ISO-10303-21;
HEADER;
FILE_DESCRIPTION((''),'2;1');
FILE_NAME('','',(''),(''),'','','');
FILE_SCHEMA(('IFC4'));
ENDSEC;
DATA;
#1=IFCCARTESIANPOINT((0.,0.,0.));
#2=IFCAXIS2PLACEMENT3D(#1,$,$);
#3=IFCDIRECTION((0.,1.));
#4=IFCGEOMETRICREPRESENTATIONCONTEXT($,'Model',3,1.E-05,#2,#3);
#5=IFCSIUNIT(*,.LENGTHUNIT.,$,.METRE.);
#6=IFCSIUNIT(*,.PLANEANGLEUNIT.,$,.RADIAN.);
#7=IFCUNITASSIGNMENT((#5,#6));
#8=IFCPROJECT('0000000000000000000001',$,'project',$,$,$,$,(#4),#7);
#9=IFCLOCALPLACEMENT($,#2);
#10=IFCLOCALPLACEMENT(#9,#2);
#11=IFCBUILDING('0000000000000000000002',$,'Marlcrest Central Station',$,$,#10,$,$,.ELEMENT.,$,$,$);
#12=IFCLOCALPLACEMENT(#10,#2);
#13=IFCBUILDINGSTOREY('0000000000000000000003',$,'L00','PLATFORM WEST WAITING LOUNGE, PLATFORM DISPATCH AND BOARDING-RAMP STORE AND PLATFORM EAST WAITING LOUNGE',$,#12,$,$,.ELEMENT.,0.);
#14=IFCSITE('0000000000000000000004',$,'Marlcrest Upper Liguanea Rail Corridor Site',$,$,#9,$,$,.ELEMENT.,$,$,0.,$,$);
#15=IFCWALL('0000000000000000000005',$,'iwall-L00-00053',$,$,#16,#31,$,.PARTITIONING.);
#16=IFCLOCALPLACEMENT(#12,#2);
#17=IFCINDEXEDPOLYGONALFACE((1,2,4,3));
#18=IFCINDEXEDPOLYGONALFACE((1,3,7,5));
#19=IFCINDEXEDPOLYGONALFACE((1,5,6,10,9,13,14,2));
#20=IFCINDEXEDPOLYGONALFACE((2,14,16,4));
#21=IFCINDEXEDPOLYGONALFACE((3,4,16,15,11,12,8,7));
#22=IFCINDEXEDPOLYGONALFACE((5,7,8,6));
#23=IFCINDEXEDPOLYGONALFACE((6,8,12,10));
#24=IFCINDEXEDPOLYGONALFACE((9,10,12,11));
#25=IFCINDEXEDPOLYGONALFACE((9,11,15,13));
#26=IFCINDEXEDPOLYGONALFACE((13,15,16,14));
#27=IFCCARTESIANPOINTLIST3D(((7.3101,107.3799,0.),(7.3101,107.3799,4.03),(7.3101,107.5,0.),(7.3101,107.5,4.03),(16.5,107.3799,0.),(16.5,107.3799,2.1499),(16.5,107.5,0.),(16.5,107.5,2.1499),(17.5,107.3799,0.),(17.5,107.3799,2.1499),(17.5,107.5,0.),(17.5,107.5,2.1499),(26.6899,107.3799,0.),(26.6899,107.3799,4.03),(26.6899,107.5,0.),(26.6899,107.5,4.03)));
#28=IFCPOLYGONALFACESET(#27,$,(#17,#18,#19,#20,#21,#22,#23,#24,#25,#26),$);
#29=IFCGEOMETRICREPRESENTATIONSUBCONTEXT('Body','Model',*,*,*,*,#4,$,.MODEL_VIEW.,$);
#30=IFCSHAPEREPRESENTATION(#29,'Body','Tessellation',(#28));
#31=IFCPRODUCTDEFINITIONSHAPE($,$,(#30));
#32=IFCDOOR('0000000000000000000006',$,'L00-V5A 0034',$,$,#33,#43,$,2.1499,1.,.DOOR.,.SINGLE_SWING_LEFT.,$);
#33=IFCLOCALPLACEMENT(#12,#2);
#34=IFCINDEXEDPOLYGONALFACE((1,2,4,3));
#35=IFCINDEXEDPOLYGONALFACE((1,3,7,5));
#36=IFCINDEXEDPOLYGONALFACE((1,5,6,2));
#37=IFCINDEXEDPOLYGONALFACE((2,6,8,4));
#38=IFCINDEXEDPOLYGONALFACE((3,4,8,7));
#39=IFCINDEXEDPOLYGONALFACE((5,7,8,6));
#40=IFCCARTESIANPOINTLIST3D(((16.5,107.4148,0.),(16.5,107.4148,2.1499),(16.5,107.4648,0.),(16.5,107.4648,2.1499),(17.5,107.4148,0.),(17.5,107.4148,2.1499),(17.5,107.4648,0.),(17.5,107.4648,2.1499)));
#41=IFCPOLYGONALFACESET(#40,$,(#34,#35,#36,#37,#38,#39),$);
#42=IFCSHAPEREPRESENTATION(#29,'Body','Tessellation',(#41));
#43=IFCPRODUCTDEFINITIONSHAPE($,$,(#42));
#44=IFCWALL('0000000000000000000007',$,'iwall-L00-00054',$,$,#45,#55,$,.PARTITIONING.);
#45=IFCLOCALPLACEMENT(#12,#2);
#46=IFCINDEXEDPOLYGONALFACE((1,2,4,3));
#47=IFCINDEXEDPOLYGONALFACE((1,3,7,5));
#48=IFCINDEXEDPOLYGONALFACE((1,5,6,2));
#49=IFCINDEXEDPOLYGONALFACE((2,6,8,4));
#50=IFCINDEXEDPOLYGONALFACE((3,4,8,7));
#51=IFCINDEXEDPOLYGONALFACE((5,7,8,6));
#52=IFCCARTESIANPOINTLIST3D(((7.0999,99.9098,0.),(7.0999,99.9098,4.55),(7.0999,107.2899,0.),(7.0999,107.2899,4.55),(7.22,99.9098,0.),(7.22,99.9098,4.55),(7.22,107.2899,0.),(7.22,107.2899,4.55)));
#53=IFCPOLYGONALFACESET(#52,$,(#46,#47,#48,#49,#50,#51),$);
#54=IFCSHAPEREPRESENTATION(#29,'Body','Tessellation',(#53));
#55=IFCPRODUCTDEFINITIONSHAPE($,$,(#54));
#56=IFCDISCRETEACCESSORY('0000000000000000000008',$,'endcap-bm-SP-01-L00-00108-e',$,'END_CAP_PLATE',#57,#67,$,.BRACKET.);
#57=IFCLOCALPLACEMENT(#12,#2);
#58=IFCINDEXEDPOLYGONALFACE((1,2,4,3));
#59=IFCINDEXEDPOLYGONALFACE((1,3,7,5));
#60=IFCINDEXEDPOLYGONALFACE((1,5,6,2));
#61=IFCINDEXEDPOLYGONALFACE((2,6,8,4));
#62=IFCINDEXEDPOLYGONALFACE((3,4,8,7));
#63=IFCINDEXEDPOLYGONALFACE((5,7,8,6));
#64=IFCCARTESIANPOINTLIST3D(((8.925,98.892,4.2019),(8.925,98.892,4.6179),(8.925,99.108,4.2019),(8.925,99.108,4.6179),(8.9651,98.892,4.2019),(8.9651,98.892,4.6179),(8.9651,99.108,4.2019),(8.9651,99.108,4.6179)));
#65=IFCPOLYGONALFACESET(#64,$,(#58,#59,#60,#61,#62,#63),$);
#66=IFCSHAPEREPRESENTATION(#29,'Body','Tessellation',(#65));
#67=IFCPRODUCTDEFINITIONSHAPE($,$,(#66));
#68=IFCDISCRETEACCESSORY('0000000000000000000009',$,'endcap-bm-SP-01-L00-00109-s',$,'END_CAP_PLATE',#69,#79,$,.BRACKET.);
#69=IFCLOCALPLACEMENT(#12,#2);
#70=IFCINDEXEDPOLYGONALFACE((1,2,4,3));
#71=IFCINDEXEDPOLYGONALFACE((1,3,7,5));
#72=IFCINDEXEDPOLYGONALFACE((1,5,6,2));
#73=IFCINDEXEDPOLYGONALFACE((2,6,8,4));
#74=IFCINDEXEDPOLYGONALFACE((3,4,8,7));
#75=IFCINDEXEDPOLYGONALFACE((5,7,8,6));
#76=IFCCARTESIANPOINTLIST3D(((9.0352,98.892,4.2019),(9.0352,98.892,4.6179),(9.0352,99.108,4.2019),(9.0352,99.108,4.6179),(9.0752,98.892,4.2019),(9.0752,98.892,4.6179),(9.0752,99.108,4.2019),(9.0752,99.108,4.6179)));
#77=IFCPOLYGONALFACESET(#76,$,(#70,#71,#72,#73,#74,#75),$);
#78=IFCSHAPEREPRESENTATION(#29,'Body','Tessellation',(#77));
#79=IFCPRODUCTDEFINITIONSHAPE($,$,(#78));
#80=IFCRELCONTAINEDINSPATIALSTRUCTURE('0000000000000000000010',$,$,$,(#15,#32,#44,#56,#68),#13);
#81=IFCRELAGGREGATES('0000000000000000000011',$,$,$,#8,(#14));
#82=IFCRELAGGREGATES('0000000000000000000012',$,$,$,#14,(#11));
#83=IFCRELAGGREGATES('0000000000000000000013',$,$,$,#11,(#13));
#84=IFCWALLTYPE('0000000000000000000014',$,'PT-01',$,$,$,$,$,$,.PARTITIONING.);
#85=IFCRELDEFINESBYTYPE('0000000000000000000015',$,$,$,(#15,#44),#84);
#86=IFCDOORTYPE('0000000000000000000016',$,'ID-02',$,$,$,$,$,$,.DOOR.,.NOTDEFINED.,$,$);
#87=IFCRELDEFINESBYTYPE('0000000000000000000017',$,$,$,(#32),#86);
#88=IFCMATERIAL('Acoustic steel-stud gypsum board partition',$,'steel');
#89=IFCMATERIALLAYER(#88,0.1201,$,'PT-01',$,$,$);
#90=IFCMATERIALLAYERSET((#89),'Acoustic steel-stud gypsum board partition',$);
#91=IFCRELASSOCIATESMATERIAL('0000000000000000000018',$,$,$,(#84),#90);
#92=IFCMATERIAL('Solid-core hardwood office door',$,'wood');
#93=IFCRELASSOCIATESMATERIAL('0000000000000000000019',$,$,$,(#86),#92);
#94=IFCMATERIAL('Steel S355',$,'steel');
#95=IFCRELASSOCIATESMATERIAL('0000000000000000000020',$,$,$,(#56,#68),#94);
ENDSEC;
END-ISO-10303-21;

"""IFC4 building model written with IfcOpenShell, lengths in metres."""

from ifc_helpers import new_model, si_unit, direction, frame, frame_2d, origin, origin_2d, place, context, subcontext, project, spatial, rectangle, extrude, material, layer, layer_set, type_object, element, fill, save


model = new_model("IFC4")

# Units and contexts
model_context = context("Model", 3, precision=1e-05, world=origin(), true_north=direction((0.0, 1.0)))
body_context = subcontext(model_context, "Body", "Model", "MODEL_VIEW")
ifc_project = project(units=[si_unit("LENGTHUNIT", "METRE"), si_unit("PLANEANGLEUNIT", "RADIAN")], contexts=[model_context])

# Site, building, storey
site_placement = place(None, origin())
site = spatial("IfcSite", under=ifc_project, at=site_placement, Name="Marlcrest Upper Liguanea Rail Corridor Site", CompositionType="ELEMENT", RefElevation=0.0)
building_placement = place(site_placement, origin())
building = spatial("IfcBuilding", under=site, at=building_placement, Name="Marlcrest Central Station", CompositionType="ELEMENT")
storey_placement = place(building_placement, origin())
storey = spatial("IfcBuildingStorey", under=building, at=storey_placement, Name="L00", Description="PLATFORM WEST WAITING LOUNGE, PLATFORM DISPATCH AND BOARDING-RAMP STORE AND PLATFORM EAST WAITING LOUNGE", CompositionType="ELEMENT", Elevation=0.0)

# Shared definitions
ifc_material_1 = material(Name="Steel S355", Category="steel")

# Wall, opening, door
ifc_material_2 = material(Name="Acoustic steel-stud gypsum board partition", Category="steel")
ifc_layer_1 = layer(ifc_material_2, 0.1201, Name="PT-01")
ifc_layer_set_1 = layer_set([ifc_layer_1], Name="Acoustic steel-stud gypsum board partition")
wall_type_1 = type_object("IfcWallType", Name="PT-01", PredefinedType="PARTITIONING", material=ifc_layer_set_1)
wall_1_placement = place(storey_placement, frame((7.3101, 107.4399, 0.0), z_axis=(0.0, 0.0, 1.0), x_axis=(1.0, 0.0, 0.0)))
wall_1 = element("IfcWall", 1, at=wall_1_placement, inside=storey, type_object=wall_type_1, Name="iwall-L00-00053", PredefinedType="PARTITIONING", context=body_context, shape_type="SweptSolid", body=[
    extrude(rectangle(XDim=19.3799, YDim=0.1201, at=frame_2d((9.6899, 0.0))), origin(), (0.0, 0.0, 1.0), 4.03),
])
opening_1_placement = place(wall_1_placement, frame((9.1899, 0.0, 0.0)))
opening_1 = element("IfcOpeningElement", 2, at=opening_1_placement, cuts=wall_1, PredefinedType="OPENING", context=body_context, shape_type="SweptSolid", body=[
    extrude(rectangle(XDim=1.0, YDim=2.1499, at=frame_2d((0.5, 1.075))), frame((0.0, 0.0701, 0.0), z_axis=(0.0, -1.0, 0.0), x_axis=(1.0, 0.0, 0.0)), (0.0, 0.0, 1.0), 0.1401),
])
ifc_material_3 = material(Name="Solid-core hardwood office door", Category="wood")
door_type_1 = type_object("IfcDoorType", Name="ID-02", OperationType="NOTDEFINED", PredefinedType="DOOR", material=ifc_material_3)
door_1_placement = place(opening_1_placement, origin())
door_1 = element("IfcDoor", 3, at=door_1_placement, inside=storey, type_object=door_type_1, Name="L00-V5A 0034", OperationType="SINGLE_SWING_LEFT", OverallHeight=2.1499, OverallWidth=1.0, PredefinedType="DOOR", context=body_context, shape_type="SweptSolid", body=[
    extrude(rectangle(XDim=1.0, YDim=2.1499, at=frame_2d((0.5, 1.075))), frame((0.0, 0.0249, 0.0), z_axis=(0.0, -1.0, 0.0), x_axis=(1.0, 0.0, 0.0)), (0.0, 0.0, 1.0), 0.05),
])
fill(opening_1, door_1)

# Wall
wall_2_placement = place(storey_placement, frame((7.1599, 99.9099, 0.0), z_axis=(0.0, 0.0, 1.0), x_axis=(0.0, 1.0, 0.0)))
element("IfcWall", 4, at=wall_2_placement, inside=storey, type_object=wall_type_1, Name="iwall-L00-00054", PredefinedType="PARTITIONING", context=body_context, shape_type="SweptSolid", body=[
    extrude(rectangle(XDim=7.3801, YDim=0.1201, at=frame_2d((3.6899, 0.0))), origin(), (0.0, 0.0, 1.0), 4.55),
])

# Discrete accessories
for number, where, z_axis, x_axis, name in (
    (5, (8.925, 99.0, 4.4099), (1.0, 0.0, 0.0), (0.0, 1.0, 0.0), "endcap-bm-SP-01-L00-00108-e"),
    (6, (9.0352, 99.0, 4.4099), (1.0, 0.0, 0.0), (0.0, 1.0, 0.0), "endcap-bm-SP-01-L00-00109-s"),
):
    element("IfcDiscreteAccessory", number, at=place(storey_placement, frame(where, z_axis=z_axis, x_axis=x_axis)), inside=storey, material=ifc_material_1, Name=name, ObjectType="END_CAP_PLATE", PredefinedType="BRACKET", context=body_context, shape_type="SweptSolid", body=[
        extrude(rectangle(XDim=0.2161, YDim=0.416, at=origin_2d()), origin(), (0.0, 0.0, 1.0), 0.04),
    ])

save(model, "model.ifc")
